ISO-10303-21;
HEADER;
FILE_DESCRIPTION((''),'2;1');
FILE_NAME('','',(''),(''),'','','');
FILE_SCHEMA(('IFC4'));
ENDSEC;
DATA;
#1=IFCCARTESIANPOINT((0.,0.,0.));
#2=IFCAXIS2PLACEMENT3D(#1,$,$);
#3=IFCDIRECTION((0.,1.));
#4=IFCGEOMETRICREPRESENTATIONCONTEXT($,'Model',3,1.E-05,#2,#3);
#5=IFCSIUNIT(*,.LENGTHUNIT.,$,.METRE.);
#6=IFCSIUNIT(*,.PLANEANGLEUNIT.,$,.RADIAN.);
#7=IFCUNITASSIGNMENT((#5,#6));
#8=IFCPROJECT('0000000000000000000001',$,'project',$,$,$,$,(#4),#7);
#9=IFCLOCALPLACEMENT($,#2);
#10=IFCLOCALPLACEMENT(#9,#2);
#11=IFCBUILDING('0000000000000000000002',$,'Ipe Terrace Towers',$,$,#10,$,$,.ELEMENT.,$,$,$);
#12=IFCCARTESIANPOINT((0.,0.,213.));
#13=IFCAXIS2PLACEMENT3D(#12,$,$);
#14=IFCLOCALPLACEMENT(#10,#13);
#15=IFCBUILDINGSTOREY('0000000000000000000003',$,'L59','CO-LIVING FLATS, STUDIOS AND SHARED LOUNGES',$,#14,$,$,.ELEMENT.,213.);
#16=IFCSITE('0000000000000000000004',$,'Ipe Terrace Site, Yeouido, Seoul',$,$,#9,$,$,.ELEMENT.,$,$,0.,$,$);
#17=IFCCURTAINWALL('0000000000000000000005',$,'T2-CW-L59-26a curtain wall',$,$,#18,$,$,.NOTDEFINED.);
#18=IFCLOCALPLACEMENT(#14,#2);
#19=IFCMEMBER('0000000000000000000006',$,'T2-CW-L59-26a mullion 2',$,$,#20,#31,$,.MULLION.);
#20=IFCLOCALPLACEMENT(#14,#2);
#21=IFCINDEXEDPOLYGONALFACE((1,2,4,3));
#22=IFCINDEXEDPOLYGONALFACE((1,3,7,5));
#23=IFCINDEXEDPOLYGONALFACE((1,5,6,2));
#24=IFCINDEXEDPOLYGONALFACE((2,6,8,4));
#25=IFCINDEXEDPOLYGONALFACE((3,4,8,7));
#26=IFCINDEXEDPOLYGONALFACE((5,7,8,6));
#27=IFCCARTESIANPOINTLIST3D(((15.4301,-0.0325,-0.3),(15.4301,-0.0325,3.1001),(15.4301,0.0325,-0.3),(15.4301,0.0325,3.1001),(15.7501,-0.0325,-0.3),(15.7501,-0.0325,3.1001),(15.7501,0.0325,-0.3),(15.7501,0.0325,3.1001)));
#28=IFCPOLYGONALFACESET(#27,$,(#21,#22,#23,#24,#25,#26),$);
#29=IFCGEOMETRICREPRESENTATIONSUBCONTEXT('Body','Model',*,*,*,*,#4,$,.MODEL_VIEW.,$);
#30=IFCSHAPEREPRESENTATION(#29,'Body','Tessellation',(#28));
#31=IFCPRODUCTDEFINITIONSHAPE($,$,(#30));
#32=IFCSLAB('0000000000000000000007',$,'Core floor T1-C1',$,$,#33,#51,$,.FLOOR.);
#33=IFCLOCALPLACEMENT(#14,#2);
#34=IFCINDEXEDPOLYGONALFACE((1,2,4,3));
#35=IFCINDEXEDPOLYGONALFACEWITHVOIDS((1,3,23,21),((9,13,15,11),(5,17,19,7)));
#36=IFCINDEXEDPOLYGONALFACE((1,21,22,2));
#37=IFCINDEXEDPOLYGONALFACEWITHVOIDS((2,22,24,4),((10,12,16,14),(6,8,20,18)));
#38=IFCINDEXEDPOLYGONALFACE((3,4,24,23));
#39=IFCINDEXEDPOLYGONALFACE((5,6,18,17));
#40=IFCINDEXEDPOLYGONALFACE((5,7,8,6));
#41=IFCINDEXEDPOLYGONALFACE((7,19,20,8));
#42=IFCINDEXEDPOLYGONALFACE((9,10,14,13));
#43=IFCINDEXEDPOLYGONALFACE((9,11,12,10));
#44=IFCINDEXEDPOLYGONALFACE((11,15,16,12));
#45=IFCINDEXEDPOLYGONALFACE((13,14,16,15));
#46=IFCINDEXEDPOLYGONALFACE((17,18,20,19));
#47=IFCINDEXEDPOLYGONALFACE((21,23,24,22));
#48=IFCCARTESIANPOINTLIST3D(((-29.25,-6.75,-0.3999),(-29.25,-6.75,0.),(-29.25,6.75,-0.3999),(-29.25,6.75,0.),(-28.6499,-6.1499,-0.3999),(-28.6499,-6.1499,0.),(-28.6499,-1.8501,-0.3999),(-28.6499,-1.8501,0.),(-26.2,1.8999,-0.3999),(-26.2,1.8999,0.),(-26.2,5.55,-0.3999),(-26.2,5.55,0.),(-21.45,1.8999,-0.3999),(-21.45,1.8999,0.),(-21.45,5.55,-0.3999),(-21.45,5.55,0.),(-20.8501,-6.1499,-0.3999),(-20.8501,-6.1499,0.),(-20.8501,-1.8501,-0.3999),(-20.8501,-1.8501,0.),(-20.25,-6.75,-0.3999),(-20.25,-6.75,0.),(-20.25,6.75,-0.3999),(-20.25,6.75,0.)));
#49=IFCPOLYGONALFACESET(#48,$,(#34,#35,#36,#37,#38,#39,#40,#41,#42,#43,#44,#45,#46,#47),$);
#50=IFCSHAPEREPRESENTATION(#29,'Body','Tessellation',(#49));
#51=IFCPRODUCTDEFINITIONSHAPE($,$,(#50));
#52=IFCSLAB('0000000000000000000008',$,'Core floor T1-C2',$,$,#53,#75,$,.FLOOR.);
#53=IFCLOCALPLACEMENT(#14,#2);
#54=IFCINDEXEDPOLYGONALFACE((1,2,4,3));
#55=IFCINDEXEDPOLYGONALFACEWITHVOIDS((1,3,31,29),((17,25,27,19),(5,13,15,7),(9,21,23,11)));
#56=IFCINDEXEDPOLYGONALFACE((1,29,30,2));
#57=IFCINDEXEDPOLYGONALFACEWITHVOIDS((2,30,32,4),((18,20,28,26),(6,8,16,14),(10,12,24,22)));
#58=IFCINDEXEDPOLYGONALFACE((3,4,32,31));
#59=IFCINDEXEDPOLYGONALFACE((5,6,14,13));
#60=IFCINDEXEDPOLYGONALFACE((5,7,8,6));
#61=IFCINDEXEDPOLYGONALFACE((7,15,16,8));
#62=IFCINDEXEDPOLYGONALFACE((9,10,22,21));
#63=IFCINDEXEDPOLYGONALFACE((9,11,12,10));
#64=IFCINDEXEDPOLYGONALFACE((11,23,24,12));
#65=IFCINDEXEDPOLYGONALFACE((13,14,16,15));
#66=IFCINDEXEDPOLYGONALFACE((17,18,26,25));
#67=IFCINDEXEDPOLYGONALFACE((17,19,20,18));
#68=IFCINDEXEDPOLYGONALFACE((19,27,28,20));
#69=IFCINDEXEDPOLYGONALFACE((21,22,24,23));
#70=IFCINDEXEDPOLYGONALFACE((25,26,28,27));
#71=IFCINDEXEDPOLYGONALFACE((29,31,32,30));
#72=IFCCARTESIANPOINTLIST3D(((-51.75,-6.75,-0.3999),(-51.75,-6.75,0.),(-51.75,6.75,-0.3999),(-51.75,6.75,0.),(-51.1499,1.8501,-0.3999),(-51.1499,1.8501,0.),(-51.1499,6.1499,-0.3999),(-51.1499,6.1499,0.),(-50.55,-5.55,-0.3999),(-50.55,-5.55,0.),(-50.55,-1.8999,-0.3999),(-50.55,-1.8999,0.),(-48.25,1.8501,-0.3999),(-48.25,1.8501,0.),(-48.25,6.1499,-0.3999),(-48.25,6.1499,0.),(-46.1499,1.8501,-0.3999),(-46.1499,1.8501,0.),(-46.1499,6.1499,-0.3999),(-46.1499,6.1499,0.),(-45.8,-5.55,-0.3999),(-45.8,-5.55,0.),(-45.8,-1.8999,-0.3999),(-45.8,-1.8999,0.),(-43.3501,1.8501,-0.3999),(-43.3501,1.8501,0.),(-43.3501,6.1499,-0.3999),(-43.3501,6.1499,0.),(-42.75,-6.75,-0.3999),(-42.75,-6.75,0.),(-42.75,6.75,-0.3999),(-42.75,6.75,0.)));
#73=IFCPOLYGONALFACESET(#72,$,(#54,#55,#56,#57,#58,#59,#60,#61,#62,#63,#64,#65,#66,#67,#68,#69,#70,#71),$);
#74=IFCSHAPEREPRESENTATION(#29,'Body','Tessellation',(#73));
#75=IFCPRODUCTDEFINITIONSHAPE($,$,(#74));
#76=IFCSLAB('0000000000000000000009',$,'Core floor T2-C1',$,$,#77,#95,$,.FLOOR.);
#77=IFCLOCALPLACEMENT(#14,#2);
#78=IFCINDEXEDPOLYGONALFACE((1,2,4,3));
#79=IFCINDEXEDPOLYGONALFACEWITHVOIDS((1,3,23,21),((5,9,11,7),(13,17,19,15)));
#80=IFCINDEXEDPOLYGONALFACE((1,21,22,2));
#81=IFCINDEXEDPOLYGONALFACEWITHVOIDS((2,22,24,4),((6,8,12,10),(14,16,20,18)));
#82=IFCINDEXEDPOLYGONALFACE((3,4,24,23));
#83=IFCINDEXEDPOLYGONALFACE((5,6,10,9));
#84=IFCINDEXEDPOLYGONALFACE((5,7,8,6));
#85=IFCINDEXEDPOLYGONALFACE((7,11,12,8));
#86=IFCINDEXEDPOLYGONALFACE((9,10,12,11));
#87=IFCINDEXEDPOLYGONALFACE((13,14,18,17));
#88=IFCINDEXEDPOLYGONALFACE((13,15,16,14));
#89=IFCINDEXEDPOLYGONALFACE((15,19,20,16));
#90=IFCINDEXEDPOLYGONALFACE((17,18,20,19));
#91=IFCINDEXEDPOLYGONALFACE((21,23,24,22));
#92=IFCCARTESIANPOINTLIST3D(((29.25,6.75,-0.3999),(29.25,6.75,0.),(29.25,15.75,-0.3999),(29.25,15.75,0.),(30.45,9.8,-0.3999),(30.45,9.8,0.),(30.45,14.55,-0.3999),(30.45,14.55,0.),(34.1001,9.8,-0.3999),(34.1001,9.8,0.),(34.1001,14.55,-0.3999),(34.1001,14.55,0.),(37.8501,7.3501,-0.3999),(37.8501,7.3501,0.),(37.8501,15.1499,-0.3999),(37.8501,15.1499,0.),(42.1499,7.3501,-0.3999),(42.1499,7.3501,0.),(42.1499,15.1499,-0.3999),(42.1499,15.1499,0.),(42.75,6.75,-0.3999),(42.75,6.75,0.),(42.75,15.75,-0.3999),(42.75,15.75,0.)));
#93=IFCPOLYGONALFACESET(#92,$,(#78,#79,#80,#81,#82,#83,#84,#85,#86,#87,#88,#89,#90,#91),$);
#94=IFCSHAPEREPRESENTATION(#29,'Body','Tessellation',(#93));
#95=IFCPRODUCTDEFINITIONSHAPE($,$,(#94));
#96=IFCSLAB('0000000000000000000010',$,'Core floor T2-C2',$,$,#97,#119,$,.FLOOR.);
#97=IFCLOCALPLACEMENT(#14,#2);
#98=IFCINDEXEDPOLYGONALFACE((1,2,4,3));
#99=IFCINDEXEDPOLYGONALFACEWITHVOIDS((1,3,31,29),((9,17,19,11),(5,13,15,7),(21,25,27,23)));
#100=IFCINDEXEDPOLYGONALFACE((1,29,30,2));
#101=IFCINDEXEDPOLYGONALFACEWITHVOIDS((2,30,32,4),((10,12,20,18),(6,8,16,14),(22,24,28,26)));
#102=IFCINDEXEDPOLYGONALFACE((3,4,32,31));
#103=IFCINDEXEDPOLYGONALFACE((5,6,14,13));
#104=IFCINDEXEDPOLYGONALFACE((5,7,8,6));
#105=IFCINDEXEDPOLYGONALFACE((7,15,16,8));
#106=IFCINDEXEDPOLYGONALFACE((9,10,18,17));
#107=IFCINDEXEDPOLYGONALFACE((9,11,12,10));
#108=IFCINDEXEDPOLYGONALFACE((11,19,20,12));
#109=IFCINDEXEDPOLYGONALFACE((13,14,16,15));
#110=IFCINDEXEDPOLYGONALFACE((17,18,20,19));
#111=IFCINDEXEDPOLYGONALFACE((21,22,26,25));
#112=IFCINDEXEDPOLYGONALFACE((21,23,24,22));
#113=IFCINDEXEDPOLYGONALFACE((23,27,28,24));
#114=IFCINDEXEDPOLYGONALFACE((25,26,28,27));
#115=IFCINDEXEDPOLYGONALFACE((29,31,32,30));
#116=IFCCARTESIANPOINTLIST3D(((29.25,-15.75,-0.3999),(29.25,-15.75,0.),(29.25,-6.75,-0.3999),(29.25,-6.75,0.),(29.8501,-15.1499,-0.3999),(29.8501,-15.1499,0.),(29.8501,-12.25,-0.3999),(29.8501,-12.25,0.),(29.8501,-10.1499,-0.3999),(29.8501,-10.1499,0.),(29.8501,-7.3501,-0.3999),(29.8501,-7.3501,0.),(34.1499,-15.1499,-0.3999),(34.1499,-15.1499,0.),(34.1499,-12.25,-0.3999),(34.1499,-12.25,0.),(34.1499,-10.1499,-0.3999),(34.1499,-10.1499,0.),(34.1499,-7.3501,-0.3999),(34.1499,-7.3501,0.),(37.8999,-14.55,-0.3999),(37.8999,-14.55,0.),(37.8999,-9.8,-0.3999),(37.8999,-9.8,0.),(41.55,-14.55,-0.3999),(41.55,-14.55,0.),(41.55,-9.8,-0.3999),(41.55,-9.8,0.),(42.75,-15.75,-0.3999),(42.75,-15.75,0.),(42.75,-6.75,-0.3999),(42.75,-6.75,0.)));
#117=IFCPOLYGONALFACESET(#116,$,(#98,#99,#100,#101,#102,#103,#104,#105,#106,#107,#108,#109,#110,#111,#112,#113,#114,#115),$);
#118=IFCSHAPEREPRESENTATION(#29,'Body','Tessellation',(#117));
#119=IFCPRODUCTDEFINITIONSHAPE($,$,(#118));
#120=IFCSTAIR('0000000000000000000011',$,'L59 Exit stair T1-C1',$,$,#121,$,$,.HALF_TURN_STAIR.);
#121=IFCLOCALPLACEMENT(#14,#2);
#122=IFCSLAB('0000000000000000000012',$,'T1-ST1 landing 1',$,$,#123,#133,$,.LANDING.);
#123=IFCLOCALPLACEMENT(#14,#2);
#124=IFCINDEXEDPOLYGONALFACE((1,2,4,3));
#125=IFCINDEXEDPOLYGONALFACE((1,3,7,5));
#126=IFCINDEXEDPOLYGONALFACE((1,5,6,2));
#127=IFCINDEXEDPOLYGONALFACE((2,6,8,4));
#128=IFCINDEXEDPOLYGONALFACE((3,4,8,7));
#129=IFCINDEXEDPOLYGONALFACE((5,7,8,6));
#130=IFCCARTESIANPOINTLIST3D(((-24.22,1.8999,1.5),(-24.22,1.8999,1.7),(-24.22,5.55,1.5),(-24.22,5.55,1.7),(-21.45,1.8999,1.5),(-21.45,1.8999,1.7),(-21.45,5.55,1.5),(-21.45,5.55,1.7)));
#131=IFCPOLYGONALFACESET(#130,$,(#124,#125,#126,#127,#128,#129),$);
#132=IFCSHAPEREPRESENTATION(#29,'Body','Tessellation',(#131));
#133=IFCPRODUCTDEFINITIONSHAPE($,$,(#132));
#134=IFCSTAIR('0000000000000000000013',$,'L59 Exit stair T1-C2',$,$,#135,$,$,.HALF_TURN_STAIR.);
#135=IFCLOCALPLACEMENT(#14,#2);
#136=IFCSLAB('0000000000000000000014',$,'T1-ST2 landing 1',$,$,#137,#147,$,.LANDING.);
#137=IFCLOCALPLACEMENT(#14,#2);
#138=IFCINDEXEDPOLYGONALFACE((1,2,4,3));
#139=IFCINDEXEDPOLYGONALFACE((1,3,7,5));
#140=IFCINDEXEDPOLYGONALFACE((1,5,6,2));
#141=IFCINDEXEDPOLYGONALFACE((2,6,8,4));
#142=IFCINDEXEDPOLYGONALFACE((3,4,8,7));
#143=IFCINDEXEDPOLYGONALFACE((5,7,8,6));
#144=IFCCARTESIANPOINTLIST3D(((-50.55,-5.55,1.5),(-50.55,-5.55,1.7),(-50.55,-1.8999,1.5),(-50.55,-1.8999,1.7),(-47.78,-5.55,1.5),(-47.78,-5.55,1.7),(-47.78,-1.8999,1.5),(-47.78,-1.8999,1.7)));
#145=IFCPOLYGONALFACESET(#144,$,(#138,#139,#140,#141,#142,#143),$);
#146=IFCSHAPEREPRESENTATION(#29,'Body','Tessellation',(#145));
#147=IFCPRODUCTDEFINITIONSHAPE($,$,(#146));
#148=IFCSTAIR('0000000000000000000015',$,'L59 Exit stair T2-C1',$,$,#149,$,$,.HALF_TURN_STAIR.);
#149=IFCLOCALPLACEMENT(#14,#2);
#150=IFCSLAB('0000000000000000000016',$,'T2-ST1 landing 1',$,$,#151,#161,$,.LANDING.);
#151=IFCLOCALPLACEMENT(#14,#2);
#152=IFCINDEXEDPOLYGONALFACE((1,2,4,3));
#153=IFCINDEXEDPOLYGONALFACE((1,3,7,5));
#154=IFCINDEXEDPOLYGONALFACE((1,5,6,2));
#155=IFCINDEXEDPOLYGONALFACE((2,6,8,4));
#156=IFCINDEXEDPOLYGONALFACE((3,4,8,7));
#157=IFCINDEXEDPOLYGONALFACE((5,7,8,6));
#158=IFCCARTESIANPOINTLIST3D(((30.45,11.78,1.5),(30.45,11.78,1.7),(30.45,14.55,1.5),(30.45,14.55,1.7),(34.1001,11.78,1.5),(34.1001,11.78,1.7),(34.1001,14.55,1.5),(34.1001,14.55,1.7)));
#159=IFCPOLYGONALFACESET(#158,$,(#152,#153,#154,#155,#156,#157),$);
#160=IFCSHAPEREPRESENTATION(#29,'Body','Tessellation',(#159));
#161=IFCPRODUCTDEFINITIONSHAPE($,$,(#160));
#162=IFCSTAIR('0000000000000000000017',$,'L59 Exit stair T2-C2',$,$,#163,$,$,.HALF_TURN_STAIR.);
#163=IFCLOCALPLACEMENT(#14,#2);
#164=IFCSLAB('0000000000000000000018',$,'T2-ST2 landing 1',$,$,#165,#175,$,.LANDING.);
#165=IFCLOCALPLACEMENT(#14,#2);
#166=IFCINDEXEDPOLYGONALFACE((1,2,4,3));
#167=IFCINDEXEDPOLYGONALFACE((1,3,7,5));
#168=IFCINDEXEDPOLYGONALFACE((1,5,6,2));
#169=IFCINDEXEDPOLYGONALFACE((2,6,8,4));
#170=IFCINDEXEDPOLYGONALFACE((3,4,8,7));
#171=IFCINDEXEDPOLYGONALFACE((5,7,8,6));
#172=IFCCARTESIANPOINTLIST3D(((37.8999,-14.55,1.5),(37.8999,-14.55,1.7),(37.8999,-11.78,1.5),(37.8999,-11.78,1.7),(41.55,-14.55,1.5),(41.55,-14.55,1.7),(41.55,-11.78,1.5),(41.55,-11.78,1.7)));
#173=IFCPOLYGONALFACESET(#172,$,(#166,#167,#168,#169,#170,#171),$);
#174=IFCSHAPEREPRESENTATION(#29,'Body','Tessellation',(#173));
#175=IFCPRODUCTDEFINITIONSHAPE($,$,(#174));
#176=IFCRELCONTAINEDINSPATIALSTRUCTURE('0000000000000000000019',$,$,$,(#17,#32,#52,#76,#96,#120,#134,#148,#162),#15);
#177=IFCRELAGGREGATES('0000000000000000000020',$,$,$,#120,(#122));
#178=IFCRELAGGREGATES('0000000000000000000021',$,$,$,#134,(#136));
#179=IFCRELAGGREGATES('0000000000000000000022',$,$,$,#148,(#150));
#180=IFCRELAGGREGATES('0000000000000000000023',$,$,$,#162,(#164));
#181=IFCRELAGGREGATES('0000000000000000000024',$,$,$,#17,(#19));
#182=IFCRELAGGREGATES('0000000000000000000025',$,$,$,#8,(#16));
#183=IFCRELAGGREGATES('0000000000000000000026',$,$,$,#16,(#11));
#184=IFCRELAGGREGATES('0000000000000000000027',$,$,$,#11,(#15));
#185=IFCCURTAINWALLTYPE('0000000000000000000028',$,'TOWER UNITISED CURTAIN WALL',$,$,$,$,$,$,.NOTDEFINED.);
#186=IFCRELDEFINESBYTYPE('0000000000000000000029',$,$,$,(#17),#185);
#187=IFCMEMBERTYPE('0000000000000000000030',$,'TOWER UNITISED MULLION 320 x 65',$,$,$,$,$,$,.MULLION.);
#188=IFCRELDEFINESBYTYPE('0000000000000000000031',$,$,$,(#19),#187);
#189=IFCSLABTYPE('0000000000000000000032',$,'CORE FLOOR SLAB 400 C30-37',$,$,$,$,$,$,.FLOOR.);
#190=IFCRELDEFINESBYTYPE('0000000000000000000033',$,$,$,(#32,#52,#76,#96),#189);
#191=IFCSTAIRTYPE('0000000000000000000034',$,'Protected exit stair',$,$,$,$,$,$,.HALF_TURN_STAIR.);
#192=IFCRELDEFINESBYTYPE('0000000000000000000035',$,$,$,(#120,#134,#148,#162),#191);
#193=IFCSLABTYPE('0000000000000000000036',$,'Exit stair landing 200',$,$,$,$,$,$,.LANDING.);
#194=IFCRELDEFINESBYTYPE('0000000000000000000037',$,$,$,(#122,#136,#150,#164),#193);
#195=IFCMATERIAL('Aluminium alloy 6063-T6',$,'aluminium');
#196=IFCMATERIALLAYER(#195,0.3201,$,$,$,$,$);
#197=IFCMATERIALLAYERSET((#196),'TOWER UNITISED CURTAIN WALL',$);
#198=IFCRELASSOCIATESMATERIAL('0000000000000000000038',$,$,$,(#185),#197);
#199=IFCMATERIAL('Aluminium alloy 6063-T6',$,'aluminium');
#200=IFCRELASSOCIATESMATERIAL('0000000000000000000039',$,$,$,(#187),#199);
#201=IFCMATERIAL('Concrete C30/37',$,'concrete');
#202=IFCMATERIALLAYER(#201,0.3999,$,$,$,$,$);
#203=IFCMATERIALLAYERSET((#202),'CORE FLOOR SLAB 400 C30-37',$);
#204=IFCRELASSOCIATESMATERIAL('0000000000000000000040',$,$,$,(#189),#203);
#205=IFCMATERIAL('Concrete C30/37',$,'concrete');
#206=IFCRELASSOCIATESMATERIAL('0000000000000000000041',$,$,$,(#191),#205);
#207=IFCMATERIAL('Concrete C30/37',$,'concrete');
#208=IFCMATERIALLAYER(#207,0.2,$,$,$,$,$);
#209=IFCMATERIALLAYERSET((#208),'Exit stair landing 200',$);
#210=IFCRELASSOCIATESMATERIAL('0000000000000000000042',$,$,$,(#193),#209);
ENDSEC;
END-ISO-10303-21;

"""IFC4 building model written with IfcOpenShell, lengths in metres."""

from ifc_helpers import new_model, si_unit, direction, frame, origin, origin_2d, place, context, subcontext, project, spatial, polyline, rectangle, outline, extrude, material, layer, layer_set, material_profile, profile_set, type_object, element, aggregate, save


model = new_model("IFC4")

# Units and contexts
model_context = context("Model", 3, precision=1e-05, world=origin(), true_north=direction((0.0, 1.0)))
body_context = subcontext(model_context, "Body", "Model", "MODEL_VIEW")
ifc_project = project(units=[si_unit("LENGTHUNIT", "METRE"), si_unit("PLANEANGLEUNIT", "RADIAN")], contexts=[model_context])

# Site, building, storey
site_placement = place(None, origin())
site = spatial("IfcSite", under=ifc_project, at=site_placement, Name="Ipe Terrace Site, Yeouido, Seoul", CompositionType="ELEMENT", RefElevation=0.0)
building_placement = place(site_placement, origin())
building = spatial("IfcBuilding", under=site, at=building_placement, Name="Ipe Terrace Towers", CompositionType="ELEMENT")
storey_placement = place(building_placement, frame((0.0, 0.0, 213.0)))
storey = spatial("IfcBuildingStorey", under=building, at=storey_placement, Name="L59", Description="CO-LIVING FLATS, STUDIOS AND SHARED LOUNGES", CompositionType="ELEMENT", Elevation=213.0)

# Shared definitions
ifc_material_1 = material(Name="Aluminium alloy 6063-T6", Category="aluminium")
ifc_layer_1 = layer(ifc_material_1, 0.3201)
ifc_layer_set_1 = layer_set([ifc_layer_1], Name="TOWER UNITISED CURTAIN WALL")
curtain_wall_type = type_object("IfcCurtainWallType", Name="TOWER UNITISED CURTAIN WALL", PredefinedType="NOTDEFINED", material=ifc_layer_set_1)

# Curtain wall, member
curtain_wall_1_placement = place(storey_placement, origin())
curtain_wall_1 = element("IfcCurtainWall", 1, at=curtain_wall_1_placement, inside=storey, type_object=curtain_wall_type, Name="T2-CW-L59-26a curtain wall", PredefinedType="NOTDEFINED")
ifc_material_2 = material(Name="Aluminium alloy 6063-T6", Category="aluminium")
ifc_material_profile_1 = material_profile(ifc_material_2, rectangle(XDim=0.3201, YDim=0.0649, at=origin_2d()), Name="TOWER UNITISED MULLION 320 x 65")
ifc_profile_set_1 = profile_set([ifc_material_profile_1], Name="Aluminium alloy 6063-T6")
member_type_1 = type_object("IfcMemberType", Name="TOWER UNITISED MULLION 320 x 65", PredefinedType="MULLION", material=ifc_profile_set_1)
member_1_placement = place(storey_placement, frame((15.5901, 0.0, -0.3), z_axis=(0.0, 0.0, 1.0), x_axis=(-1.0, 0.0, 0.0)))
member_1 = element("IfcMember", 2, at=member_1_placement, type_object=member_type_1, Name="T2-CW-L59-26a mullion 2", PredefinedType="MULLION", context=body_context, shape_type="SweptSolid", body=[
    extrude(rectangle(XDim=0.3201, YDim=0.0649, at=origin_2d()), origin(), (0.0, 0.0, 1.0), 3.4001),
])

# Slabs
ifc_material_3 = material(Name="Concrete C30/37", Category="concrete")
ifc_layer_2 = layer(ifc_material_3, 0.3999)
ifc_layer_set_2 = layer_set([ifc_layer_2], Name="CORE FLOOR SLAB 400 C30-37")
slab_type_1 = type_object("IfcSlabType", Name="CORE FLOOR SLAB 400 C30-37", PredefinedType="FLOOR", material=ifc_layer_set_2)
slab_1_placement = place(storey_placement, frame((0.0, 0.0, -0.3999)))
element("IfcSlab", 3, at=slab_1_placement, inside=storey, type_object=slab_type_1, Name="Core floor T1-C1", PredefinedType="FLOOR", context=body_context, shape_type="SweptSolid", body=[
    extrude(outline(polyline([(-29.25, -6.75), (-29.25, 6.75), (-20.25, 6.75), (-20.25, -6.75), (-29.25, -6.75)]), holes=[polyline([(-28.6499, -6.1499), (-20.8501, -6.1499), (-20.8501, -1.8501), (-28.6499, -1.8501), (-28.6499, -6.1499)]), polyline([(-26.2, 5.55), (-26.2, 1.8999), (-21.45, 1.8999), (-21.45, 5.55), (-26.2, 5.55)])]), origin(), (0.0, 0.0, 1.0), 0.3999),
])
slab_2_placement = place(storey_placement, frame((0.0, 0.0, -0.3999)))
element("IfcSlab", 4, at=slab_2_placement, inside=storey, type_object=slab_type_1, Name="Core floor T1-C2", PredefinedType="FLOOR", context=body_context, shape_type="SweptSolid", body=[
    extrude(outline(polyline([(-51.75, -6.75), (-51.75, 6.75), (-42.75, 6.75), (-42.75, -6.75), (-51.75, -6.75)]), holes=[polyline([(-45.8, -1.8999), (-50.55, -1.8999), (-50.55, -5.55), (-45.8, -5.55), (-45.8, -1.8999)]), polyline([(-48.25, 1.8501), (-48.25, 6.1499), (-51.1499, 6.1499), (-51.1499, 1.8501), (-48.25, 1.8501)]), polyline([(-43.3501, 1.8501), (-43.3501, 6.1499), (-46.1499, 6.1499), (-46.1499, 1.8501), (-43.3501, 1.8501)])]), origin(), (0.0, 0.0, 1.0), 0.3999),
])
slab_3_placement = place(storey_placement, frame((0.0, 0.0, -0.3999)))
element("IfcSlab", 5, at=slab_3_placement, inside=storey, type_object=slab_type_1, Name="Core floor T2-C1", PredefinedType="FLOOR", context=body_context, shape_type="SweptSolid", body=[
    extrude(outline(polyline([(29.25, 6.75), (29.25, 15.75), (42.75, 15.75), (42.75, 6.75), (29.25, 6.75)]), holes=[polyline([(42.1499, 7.3501), (42.1499, 15.1499), (37.8501, 15.1499), (37.8501, 7.3501), (42.1499, 7.3501)]), polyline([(30.45, 9.8), (34.1001, 9.8), (34.1001, 14.55), (30.45, 14.55), (30.45, 9.8)])]), origin(), (0.0, 0.0, 1.0), 0.3999),
])
slab_4_placement = place(storey_placement, frame((0.0, 0.0, -0.3999)))
element("IfcSlab", 6, at=slab_4_placement, inside=storey, type_object=slab_type_1, Name="Core floor T2-C2", PredefinedType="FLOOR", context=body_context, shape_type="SweptSolid", body=[
    extrude(outline(polyline([(29.25, -15.75), (29.25, -6.75), (42.75, -6.75), (42.75, -15.75), (29.25, -15.75)]), holes=[polyline([(29.8501, -12.25), (29.8501, -15.1499), (34.1499, -15.1499), (34.1499, -12.25), (29.8501, -12.25)]), polyline([(41.55, -9.8), (37.8999, -9.8), (37.8999, -14.55), (41.55, -14.55), (41.55, -9.8)]), polyline([(34.1499, -7.3501), (29.8501, -7.3501), (29.8501, -10.1499), (34.1499, -10.1499), (34.1499, -7.3501)])]), origin(), (0.0, 0.0, 1.0), 0.3999),
])

# Stairs, slabs
ifc_material_4 = material(Name="Concrete C30/37", Category="concrete")
stair_type = type_object("IfcStairType", Name="Protected exit stair", PredefinedType="HALF_TURN_STAIR", material=ifc_material_4)
stair_1_placement = place(storey_placement, origin())
stair_1 = element("IfcStair", 7, at=stair_1_placement, inside=storey, type_object=stair_type, Name="L59 Exit stair T1-C1", PredefinedType="HALF_TURN_STAIR")
ifc_material_5 = material(Name="Concrete C30/37", Category="concrete")
ifc_layer_3 = layer(ifc_material_5, 0.2)
ifc_layer_set_3 = layer_set([ifc_layer_3], Name="Exit stair landing 200")
slab_type_2 = type_object("IfcSlabType", Name="Exit stair landing 200", PredefinedType="LANDING", material=ifc_layer_set_3)
slab_5_placement = place(storey_placement, frame((0.0, 0.0, 1.5)))
slab_5 = element("IfcSlab", 8, at=slab_5_placement, type_object=slab_type_2, Name="T1-ST1 landing 1", PredefinedType="LANDING", context=body_context, shape_type="SweptSolid", body=[
    extrude(outline(polyline([(-24.22, 1.8999), (-21.45, 1.8999), (-21.45, 5.55), (-24.22, 5.55), (-24.22, 1.8999)])), origin(), (0.0, 0.0, 1.0), 0.2),
])
aggregate(stair_1, [slab_5])
stair_2_placement = place(storey_placement, origin())
stair_2 = element("IfcStair", 9, at=stair_2_placement, inside=storey, type_object=stair_type, Name="L59 Exit stair T1-C2", PredefinedType="HALF_TURN_STAIR")
slab_6_placement = place(storey_placement, frame((0.0, 0.0, 1.5)))
slab_6 = element("IfcSlab", 10, at=slab_6_placement, type_object=slab_type_2, Name="T1-ST2 landing 1", PredefinedType="LANDING", context=body_context, shape_type="SweptSolid", body=[
    extrude(outline(polyline([(-47.78, -1.8999), (-50.55, -1.8999), (-50.55, -5.55), (-47.78, -5.55), (-47.78, -1.8999)])), origin(), (0.0, 0.0, 1.0), 0.2),
])
aggregate(stair_2, [slab_6])
stair_3_placement = place(storey_placement, origin())
stair_3 = element("IfcStair", 11, at=stair_3_placement, inside=storey, type_object=stair_type, Name="L59 Exit stair T2-C1", PredefinedType="HALF_TURN_STAIR")
slab_7_placement = place(storey_placement, frame((0.0, 0.0, 1.5)))
slab_7 = element("IfcSlab", 12, at=slab_7_placement, type_object=slab_type_2, Name="T2-ST1 landing 1", PredefinedType="LANDING", context=body_context, shape_type="SweptSolid", body=[
    extrude(outline(polyline([(34.1001, 11.78), (34.1001, 14.55), (30.45, 14.55), (30.45, 11.78), (34.1001, 11.78)])), origin(), (0.0, 0.0, 1.0), 0.2),
])
aggregate(stair_3, [slab_7])
stair_4_placement = place(storey_placement, origin())
stair_4 = element("IfcStair", 13, at=stair_4_placement, inside=storey, type_object=stair_type, Name="L59 Exit stair T2-C2", PredefinedType="HALF_TURN_STAIR")
slab_8_placement = place(storey_placement, frame((0.0, 0.0, 1.5)))
slab_8 = element("IfcSlab", 14, at=slab_8_placement, type_object=slab_type_2, Name="T2-ST2 landing 1", PredefinedType="LANDING", context=body_context, shape_type="SweptSolid", body=[
    extrude(outline(polyline([(37.8999, -11.78), (37.8999, -14.55), (41.55, -14.55), (41.55, -11.78), (37.8999, -11.78)])), origin(), (0.0, 0.0, 1.0), 0.2),
])
aggregate(stair_4, [slab_8])

aggregate(curtain_wall_1, [member_1])

save(model, "model.ifc")
